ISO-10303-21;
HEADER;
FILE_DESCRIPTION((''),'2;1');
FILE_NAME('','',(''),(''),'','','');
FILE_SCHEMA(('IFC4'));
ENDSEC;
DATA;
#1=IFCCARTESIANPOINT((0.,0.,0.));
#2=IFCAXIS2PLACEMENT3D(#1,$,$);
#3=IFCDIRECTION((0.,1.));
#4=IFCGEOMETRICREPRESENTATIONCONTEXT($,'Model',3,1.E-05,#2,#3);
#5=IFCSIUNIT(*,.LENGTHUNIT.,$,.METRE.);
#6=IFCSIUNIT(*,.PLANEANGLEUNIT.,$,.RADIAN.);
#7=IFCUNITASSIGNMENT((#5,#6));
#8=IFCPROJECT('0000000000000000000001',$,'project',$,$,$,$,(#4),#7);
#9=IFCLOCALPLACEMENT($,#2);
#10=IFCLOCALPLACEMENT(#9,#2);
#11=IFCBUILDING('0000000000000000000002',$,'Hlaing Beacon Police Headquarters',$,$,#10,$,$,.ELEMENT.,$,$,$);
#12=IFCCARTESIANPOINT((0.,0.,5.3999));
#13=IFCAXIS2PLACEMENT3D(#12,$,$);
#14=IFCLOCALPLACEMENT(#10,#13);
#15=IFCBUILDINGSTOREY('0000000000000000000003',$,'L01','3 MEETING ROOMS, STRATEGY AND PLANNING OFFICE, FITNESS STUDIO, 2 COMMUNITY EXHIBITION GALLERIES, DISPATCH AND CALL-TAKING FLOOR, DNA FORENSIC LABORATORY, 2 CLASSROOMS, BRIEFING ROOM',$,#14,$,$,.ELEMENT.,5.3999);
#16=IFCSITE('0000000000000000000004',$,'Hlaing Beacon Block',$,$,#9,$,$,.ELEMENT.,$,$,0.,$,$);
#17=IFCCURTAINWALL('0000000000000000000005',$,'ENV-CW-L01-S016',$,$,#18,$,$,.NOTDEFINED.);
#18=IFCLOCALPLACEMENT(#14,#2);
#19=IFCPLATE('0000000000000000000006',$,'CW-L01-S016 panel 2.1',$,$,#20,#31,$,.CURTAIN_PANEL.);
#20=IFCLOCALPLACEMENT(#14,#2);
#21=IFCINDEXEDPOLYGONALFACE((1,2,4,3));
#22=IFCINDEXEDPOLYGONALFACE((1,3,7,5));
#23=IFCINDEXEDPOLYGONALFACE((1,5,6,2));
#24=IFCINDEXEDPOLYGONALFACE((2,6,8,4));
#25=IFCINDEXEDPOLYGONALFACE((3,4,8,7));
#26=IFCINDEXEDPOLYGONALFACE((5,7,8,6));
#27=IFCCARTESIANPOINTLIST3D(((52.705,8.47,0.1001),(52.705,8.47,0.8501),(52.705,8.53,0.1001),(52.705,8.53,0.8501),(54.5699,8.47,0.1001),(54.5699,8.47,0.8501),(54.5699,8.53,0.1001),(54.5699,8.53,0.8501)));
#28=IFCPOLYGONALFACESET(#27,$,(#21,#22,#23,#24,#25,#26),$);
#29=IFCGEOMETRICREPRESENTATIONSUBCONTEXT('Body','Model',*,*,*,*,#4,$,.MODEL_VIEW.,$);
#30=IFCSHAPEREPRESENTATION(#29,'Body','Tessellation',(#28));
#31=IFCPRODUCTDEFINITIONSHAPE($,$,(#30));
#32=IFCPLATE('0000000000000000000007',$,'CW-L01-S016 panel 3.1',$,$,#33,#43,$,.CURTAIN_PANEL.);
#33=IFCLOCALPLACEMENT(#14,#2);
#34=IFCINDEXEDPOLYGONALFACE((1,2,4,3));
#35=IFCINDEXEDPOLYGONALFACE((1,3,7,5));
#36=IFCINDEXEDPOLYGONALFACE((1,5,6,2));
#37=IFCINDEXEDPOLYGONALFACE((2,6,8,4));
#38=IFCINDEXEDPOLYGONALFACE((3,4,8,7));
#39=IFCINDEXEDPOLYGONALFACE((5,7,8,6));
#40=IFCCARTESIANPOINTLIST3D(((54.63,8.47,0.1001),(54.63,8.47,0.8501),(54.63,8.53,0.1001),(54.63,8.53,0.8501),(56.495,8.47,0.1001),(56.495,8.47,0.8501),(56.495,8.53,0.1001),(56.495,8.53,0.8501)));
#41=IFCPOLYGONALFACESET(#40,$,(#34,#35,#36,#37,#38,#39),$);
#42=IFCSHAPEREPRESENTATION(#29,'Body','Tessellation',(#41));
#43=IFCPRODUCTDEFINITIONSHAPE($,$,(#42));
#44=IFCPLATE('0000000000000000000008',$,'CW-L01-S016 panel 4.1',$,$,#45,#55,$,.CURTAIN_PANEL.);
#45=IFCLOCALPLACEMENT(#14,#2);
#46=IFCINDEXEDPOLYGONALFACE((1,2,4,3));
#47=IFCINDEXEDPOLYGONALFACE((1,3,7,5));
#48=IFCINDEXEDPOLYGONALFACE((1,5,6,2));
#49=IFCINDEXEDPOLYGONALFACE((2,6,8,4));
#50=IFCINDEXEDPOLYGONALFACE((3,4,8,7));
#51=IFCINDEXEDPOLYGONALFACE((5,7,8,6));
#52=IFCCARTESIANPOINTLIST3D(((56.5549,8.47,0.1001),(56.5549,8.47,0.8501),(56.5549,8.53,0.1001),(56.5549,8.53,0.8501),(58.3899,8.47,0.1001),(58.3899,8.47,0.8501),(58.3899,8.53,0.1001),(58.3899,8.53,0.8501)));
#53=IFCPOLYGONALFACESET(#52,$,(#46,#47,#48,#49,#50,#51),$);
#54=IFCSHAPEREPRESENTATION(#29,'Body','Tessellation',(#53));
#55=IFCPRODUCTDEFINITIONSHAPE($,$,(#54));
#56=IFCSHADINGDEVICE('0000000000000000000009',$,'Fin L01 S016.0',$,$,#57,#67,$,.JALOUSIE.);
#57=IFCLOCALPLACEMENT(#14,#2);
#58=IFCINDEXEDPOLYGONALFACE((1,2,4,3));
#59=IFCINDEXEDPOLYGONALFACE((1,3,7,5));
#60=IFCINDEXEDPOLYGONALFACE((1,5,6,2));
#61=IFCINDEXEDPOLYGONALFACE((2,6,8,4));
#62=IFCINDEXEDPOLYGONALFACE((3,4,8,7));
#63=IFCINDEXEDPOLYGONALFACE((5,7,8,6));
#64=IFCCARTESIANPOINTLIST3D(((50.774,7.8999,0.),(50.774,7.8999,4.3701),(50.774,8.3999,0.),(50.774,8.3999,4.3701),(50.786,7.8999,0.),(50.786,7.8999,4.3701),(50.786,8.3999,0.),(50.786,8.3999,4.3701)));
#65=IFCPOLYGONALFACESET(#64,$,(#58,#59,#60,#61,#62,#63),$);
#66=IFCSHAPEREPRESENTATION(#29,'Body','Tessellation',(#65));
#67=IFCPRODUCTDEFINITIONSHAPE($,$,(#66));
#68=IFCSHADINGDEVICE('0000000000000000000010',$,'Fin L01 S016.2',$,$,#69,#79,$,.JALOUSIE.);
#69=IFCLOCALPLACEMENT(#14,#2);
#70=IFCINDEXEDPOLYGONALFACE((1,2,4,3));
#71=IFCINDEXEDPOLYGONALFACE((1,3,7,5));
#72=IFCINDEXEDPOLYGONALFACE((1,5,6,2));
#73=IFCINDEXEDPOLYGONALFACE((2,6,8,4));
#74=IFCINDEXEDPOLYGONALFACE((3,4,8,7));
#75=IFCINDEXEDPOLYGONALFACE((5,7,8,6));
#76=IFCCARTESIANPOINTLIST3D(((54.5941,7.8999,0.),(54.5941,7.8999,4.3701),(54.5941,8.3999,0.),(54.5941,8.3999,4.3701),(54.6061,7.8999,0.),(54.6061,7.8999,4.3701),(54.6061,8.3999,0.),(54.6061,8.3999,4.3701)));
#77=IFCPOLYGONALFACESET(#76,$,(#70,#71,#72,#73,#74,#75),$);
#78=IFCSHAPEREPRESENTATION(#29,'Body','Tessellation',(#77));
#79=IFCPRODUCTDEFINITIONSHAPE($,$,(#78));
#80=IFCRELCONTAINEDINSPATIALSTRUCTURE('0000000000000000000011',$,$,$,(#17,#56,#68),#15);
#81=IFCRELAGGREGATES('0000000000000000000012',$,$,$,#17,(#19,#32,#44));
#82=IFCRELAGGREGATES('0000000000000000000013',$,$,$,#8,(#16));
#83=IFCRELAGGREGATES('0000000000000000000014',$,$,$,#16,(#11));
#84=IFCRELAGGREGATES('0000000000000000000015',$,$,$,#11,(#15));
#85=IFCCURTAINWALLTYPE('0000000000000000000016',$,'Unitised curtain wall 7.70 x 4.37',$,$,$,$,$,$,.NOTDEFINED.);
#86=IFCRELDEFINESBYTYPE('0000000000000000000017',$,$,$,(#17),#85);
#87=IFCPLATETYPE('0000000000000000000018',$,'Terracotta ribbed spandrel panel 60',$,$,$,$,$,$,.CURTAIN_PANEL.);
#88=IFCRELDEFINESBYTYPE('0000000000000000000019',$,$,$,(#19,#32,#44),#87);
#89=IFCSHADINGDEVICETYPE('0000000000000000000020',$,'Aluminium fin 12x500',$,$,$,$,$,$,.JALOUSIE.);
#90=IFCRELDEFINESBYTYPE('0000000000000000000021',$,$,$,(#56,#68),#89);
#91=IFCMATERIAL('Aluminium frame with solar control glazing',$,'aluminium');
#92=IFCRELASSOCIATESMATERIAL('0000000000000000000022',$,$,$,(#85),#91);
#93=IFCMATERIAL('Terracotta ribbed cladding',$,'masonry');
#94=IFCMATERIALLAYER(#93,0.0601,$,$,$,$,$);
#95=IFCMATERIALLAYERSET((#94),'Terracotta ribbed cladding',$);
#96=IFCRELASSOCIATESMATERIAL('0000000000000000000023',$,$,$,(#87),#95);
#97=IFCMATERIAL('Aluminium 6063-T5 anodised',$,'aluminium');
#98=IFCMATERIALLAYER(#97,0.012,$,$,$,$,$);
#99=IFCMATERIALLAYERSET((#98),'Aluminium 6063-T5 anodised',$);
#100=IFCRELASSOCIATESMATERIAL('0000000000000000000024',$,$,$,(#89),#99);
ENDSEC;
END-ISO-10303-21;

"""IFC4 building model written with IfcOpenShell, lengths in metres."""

from ifc_helpers import new_model, si_unit, direction, frame, origin, origin_2d, place, context, subcontext, project, spatial, rectangle, extrude, material, layer, layer_set, type_object, element, aggregate, save


model = new_model("IFC4")

# Units and contexts
model_context = context("Model", 3, precision=1e-05, world=origin(), true_north=direction((0.0, 1.0)))
body_context = subcontext(model_context, "Body", "Model", "MODEL_VIEW")
ifc_project = project(units=[si_unit("LENGTHUNIT", "METRE"), si_unit("PLANEANGLEUNIT", "RADIAN")], contexts=[model_context])

# Site, building, storey
site_placement = place(None, origin())
site = spatial("IfcSite", under=ifc_project, at=site_placement, Name="Hlaing Beacon Block", CompositionType="ELEMENT", RefElevation=0.0)
building_placement = place(site_placement, origin())
building = spatial("IfcBuilding", under=site, at=building_placement, Name="Hlaing Beacon Police Headquarters", CompositionType="ELEMENT")
storey_placement = place(building_placement, frame((0.0, 0.0, 5.3999)))
storey = spatial("IfcBuildingStorey", under=building, at=storey_placement, Name="L01", Description="3 MEETING ROOMS, STRATEGY AND PLANNING OFFICE, FITNESS STUDIO, 2 COMMUNITY EXHIBITION GALLERIES, DISPATCH AND CALL-TAKING FLOOR, DNA FORENSIC LABORATORY, 2 CLASSROOMS, BRIEFING ROOM", CompositionType="ELEMENT", Elevation=5.3999)

# Curtain wall, plates
ifc_material_1 = material(Name="Aluminium frame with solar control glazing", Category="aluminium")
curtain_wall_type = type_object("IfcCurtainWallType", Name="Unitised curtain wall 7.70 x 4.37", PredefinedType="NOTDEFINED", material=ifc_material_1)
curtain_wall_placement = place(storey_placement, origin())
curtain_wall = element("IfcCurtainWall", 1, at=curtain_wall_placement, inside=storey, type_object=curtain_wall_type, Name="ENV-CW-L01-S016", PredefinedType="NOTDEFINED")
ifc_material_2 = material(Name="Terracotta ribbed cladding", Category="masonry")
ifc_layer_1 = layer(ifc_material_2, 0.0601)
ifc_layer_set_1 = layer_set([ifc_layer_1], Name="Terracotta ribbed cladding")
plate_type_1 = type_object("IfcPlateType", Name="Terracotta ribbed spandrel panel 60", PredefinedType="CURTAIN_PANEL", material=ifc_layer_set_1)
plate_1_placement = place(storey_placement, frame((53.6375, 8.5, 0.1001), z_axis=(0.0, 0.0, 1.0), x_axis=(1.0, 0.0, 0.0)))
plate_1 = element("IfcPlate", 2, at=plate_1_placement, type_object=plate_type_1, Name="CW-L01-S016 panel 2.1", PredefinedType="CURTAIN_PANEL", context=body_context, shape_type="SweptSolid", body=[
    extrude(rectangle(XDim=1.865, YDim=0.0601, at=origin_2d()), origin(), (0.0, 0.0, 1.0), 0.75),
])
plate_2_placement = place(storey_placement, frame((55.5625, 8.5, 0.1001), z_axis=(0.0, 0.0, 1.0), x_axis=(1.0, 0.0, 0.0)))
plate_2 = element("IfcPlate", 3, at=plate_2_placement, type_object=plate_type_1, Name="CW-L01-S016 panel 3.1", PredefinedType="CURTAIN_PANEL", context=body_context, shape_type="SweptSolid", body=[
    extrude(rectangle(XDim=1.865, YDim=0.0601, at=origin_2d()), origin(), (0.0, 0.0, 1.0), 0.75),
])
plate_3_placement = place(storey_placement, frame((57.4724, 8.5, 0.1001), z_axis=(0.0, 0.0, 1.0), x_axis=(1.0, 0.0, 0.0)))
plate_3 = element("IfcPlate", 4, at=plate_3_placement, type_object=plate_type_1, Name="CW-L01-S016 panel 4.1", PredefinedType="CURTAIN_PANEL", context=body_context, shape_type="SweptSolid", body=[
    extrude(rectangle(XDim=1.835, YDim=0.0601, at=origin_2d()), origin(), (0.0, 0.0, 1.0), 0.75),
])
aggregate(curtain_wall, [plate_1, plate_2, plate_3])

# Shading devices
ifc_material_3 = material(Name="Aluminium 6063-T5 anodised", Category="aluminium")
ifc_layer_2 = layer(ifc_material_3, 0.012)
ifc_layer_set_2 = layer_set([ifc_layer_2], Name="Aluminium 6063-T5 anodised")
shading_device_type = type_object("IfcShadingDeviceType", Name="Aluminium fin 12x500", PredefinedType="JALOUSIE", material=ifc_layer_set_2)
for number, where, z_axis, x_axis, name in (
    (5, (50.78, 8.1499, 0.0), (0.0, 0.0, 1.0), (1.0, 0.0, 0.0), "Fin L01 S016.0"),
    (6, (54.6001, 8.1499, 0.0), (0.0, 0.0, 1.0), (1.0, 0.0, 0.0), "Fin L01 S016.2"),
):
    element("IfcShadingDevice", number, at=place(storey_placement, frame(where, z_axis=z_axis, x_axis=x_axis)), inside=storey, type_object=shading_device_type, Name=name, PredefinedType="JALOUSIE", context=body_context, shape_type="SweptSolid", body=[
        extrude(rectangle(XDim=0.012, YDim=0.5, at=origin_2d()), origin(), (0.0, 0.0, 1.0), 4.3701),
    ])

save(model, "model.ifc")
